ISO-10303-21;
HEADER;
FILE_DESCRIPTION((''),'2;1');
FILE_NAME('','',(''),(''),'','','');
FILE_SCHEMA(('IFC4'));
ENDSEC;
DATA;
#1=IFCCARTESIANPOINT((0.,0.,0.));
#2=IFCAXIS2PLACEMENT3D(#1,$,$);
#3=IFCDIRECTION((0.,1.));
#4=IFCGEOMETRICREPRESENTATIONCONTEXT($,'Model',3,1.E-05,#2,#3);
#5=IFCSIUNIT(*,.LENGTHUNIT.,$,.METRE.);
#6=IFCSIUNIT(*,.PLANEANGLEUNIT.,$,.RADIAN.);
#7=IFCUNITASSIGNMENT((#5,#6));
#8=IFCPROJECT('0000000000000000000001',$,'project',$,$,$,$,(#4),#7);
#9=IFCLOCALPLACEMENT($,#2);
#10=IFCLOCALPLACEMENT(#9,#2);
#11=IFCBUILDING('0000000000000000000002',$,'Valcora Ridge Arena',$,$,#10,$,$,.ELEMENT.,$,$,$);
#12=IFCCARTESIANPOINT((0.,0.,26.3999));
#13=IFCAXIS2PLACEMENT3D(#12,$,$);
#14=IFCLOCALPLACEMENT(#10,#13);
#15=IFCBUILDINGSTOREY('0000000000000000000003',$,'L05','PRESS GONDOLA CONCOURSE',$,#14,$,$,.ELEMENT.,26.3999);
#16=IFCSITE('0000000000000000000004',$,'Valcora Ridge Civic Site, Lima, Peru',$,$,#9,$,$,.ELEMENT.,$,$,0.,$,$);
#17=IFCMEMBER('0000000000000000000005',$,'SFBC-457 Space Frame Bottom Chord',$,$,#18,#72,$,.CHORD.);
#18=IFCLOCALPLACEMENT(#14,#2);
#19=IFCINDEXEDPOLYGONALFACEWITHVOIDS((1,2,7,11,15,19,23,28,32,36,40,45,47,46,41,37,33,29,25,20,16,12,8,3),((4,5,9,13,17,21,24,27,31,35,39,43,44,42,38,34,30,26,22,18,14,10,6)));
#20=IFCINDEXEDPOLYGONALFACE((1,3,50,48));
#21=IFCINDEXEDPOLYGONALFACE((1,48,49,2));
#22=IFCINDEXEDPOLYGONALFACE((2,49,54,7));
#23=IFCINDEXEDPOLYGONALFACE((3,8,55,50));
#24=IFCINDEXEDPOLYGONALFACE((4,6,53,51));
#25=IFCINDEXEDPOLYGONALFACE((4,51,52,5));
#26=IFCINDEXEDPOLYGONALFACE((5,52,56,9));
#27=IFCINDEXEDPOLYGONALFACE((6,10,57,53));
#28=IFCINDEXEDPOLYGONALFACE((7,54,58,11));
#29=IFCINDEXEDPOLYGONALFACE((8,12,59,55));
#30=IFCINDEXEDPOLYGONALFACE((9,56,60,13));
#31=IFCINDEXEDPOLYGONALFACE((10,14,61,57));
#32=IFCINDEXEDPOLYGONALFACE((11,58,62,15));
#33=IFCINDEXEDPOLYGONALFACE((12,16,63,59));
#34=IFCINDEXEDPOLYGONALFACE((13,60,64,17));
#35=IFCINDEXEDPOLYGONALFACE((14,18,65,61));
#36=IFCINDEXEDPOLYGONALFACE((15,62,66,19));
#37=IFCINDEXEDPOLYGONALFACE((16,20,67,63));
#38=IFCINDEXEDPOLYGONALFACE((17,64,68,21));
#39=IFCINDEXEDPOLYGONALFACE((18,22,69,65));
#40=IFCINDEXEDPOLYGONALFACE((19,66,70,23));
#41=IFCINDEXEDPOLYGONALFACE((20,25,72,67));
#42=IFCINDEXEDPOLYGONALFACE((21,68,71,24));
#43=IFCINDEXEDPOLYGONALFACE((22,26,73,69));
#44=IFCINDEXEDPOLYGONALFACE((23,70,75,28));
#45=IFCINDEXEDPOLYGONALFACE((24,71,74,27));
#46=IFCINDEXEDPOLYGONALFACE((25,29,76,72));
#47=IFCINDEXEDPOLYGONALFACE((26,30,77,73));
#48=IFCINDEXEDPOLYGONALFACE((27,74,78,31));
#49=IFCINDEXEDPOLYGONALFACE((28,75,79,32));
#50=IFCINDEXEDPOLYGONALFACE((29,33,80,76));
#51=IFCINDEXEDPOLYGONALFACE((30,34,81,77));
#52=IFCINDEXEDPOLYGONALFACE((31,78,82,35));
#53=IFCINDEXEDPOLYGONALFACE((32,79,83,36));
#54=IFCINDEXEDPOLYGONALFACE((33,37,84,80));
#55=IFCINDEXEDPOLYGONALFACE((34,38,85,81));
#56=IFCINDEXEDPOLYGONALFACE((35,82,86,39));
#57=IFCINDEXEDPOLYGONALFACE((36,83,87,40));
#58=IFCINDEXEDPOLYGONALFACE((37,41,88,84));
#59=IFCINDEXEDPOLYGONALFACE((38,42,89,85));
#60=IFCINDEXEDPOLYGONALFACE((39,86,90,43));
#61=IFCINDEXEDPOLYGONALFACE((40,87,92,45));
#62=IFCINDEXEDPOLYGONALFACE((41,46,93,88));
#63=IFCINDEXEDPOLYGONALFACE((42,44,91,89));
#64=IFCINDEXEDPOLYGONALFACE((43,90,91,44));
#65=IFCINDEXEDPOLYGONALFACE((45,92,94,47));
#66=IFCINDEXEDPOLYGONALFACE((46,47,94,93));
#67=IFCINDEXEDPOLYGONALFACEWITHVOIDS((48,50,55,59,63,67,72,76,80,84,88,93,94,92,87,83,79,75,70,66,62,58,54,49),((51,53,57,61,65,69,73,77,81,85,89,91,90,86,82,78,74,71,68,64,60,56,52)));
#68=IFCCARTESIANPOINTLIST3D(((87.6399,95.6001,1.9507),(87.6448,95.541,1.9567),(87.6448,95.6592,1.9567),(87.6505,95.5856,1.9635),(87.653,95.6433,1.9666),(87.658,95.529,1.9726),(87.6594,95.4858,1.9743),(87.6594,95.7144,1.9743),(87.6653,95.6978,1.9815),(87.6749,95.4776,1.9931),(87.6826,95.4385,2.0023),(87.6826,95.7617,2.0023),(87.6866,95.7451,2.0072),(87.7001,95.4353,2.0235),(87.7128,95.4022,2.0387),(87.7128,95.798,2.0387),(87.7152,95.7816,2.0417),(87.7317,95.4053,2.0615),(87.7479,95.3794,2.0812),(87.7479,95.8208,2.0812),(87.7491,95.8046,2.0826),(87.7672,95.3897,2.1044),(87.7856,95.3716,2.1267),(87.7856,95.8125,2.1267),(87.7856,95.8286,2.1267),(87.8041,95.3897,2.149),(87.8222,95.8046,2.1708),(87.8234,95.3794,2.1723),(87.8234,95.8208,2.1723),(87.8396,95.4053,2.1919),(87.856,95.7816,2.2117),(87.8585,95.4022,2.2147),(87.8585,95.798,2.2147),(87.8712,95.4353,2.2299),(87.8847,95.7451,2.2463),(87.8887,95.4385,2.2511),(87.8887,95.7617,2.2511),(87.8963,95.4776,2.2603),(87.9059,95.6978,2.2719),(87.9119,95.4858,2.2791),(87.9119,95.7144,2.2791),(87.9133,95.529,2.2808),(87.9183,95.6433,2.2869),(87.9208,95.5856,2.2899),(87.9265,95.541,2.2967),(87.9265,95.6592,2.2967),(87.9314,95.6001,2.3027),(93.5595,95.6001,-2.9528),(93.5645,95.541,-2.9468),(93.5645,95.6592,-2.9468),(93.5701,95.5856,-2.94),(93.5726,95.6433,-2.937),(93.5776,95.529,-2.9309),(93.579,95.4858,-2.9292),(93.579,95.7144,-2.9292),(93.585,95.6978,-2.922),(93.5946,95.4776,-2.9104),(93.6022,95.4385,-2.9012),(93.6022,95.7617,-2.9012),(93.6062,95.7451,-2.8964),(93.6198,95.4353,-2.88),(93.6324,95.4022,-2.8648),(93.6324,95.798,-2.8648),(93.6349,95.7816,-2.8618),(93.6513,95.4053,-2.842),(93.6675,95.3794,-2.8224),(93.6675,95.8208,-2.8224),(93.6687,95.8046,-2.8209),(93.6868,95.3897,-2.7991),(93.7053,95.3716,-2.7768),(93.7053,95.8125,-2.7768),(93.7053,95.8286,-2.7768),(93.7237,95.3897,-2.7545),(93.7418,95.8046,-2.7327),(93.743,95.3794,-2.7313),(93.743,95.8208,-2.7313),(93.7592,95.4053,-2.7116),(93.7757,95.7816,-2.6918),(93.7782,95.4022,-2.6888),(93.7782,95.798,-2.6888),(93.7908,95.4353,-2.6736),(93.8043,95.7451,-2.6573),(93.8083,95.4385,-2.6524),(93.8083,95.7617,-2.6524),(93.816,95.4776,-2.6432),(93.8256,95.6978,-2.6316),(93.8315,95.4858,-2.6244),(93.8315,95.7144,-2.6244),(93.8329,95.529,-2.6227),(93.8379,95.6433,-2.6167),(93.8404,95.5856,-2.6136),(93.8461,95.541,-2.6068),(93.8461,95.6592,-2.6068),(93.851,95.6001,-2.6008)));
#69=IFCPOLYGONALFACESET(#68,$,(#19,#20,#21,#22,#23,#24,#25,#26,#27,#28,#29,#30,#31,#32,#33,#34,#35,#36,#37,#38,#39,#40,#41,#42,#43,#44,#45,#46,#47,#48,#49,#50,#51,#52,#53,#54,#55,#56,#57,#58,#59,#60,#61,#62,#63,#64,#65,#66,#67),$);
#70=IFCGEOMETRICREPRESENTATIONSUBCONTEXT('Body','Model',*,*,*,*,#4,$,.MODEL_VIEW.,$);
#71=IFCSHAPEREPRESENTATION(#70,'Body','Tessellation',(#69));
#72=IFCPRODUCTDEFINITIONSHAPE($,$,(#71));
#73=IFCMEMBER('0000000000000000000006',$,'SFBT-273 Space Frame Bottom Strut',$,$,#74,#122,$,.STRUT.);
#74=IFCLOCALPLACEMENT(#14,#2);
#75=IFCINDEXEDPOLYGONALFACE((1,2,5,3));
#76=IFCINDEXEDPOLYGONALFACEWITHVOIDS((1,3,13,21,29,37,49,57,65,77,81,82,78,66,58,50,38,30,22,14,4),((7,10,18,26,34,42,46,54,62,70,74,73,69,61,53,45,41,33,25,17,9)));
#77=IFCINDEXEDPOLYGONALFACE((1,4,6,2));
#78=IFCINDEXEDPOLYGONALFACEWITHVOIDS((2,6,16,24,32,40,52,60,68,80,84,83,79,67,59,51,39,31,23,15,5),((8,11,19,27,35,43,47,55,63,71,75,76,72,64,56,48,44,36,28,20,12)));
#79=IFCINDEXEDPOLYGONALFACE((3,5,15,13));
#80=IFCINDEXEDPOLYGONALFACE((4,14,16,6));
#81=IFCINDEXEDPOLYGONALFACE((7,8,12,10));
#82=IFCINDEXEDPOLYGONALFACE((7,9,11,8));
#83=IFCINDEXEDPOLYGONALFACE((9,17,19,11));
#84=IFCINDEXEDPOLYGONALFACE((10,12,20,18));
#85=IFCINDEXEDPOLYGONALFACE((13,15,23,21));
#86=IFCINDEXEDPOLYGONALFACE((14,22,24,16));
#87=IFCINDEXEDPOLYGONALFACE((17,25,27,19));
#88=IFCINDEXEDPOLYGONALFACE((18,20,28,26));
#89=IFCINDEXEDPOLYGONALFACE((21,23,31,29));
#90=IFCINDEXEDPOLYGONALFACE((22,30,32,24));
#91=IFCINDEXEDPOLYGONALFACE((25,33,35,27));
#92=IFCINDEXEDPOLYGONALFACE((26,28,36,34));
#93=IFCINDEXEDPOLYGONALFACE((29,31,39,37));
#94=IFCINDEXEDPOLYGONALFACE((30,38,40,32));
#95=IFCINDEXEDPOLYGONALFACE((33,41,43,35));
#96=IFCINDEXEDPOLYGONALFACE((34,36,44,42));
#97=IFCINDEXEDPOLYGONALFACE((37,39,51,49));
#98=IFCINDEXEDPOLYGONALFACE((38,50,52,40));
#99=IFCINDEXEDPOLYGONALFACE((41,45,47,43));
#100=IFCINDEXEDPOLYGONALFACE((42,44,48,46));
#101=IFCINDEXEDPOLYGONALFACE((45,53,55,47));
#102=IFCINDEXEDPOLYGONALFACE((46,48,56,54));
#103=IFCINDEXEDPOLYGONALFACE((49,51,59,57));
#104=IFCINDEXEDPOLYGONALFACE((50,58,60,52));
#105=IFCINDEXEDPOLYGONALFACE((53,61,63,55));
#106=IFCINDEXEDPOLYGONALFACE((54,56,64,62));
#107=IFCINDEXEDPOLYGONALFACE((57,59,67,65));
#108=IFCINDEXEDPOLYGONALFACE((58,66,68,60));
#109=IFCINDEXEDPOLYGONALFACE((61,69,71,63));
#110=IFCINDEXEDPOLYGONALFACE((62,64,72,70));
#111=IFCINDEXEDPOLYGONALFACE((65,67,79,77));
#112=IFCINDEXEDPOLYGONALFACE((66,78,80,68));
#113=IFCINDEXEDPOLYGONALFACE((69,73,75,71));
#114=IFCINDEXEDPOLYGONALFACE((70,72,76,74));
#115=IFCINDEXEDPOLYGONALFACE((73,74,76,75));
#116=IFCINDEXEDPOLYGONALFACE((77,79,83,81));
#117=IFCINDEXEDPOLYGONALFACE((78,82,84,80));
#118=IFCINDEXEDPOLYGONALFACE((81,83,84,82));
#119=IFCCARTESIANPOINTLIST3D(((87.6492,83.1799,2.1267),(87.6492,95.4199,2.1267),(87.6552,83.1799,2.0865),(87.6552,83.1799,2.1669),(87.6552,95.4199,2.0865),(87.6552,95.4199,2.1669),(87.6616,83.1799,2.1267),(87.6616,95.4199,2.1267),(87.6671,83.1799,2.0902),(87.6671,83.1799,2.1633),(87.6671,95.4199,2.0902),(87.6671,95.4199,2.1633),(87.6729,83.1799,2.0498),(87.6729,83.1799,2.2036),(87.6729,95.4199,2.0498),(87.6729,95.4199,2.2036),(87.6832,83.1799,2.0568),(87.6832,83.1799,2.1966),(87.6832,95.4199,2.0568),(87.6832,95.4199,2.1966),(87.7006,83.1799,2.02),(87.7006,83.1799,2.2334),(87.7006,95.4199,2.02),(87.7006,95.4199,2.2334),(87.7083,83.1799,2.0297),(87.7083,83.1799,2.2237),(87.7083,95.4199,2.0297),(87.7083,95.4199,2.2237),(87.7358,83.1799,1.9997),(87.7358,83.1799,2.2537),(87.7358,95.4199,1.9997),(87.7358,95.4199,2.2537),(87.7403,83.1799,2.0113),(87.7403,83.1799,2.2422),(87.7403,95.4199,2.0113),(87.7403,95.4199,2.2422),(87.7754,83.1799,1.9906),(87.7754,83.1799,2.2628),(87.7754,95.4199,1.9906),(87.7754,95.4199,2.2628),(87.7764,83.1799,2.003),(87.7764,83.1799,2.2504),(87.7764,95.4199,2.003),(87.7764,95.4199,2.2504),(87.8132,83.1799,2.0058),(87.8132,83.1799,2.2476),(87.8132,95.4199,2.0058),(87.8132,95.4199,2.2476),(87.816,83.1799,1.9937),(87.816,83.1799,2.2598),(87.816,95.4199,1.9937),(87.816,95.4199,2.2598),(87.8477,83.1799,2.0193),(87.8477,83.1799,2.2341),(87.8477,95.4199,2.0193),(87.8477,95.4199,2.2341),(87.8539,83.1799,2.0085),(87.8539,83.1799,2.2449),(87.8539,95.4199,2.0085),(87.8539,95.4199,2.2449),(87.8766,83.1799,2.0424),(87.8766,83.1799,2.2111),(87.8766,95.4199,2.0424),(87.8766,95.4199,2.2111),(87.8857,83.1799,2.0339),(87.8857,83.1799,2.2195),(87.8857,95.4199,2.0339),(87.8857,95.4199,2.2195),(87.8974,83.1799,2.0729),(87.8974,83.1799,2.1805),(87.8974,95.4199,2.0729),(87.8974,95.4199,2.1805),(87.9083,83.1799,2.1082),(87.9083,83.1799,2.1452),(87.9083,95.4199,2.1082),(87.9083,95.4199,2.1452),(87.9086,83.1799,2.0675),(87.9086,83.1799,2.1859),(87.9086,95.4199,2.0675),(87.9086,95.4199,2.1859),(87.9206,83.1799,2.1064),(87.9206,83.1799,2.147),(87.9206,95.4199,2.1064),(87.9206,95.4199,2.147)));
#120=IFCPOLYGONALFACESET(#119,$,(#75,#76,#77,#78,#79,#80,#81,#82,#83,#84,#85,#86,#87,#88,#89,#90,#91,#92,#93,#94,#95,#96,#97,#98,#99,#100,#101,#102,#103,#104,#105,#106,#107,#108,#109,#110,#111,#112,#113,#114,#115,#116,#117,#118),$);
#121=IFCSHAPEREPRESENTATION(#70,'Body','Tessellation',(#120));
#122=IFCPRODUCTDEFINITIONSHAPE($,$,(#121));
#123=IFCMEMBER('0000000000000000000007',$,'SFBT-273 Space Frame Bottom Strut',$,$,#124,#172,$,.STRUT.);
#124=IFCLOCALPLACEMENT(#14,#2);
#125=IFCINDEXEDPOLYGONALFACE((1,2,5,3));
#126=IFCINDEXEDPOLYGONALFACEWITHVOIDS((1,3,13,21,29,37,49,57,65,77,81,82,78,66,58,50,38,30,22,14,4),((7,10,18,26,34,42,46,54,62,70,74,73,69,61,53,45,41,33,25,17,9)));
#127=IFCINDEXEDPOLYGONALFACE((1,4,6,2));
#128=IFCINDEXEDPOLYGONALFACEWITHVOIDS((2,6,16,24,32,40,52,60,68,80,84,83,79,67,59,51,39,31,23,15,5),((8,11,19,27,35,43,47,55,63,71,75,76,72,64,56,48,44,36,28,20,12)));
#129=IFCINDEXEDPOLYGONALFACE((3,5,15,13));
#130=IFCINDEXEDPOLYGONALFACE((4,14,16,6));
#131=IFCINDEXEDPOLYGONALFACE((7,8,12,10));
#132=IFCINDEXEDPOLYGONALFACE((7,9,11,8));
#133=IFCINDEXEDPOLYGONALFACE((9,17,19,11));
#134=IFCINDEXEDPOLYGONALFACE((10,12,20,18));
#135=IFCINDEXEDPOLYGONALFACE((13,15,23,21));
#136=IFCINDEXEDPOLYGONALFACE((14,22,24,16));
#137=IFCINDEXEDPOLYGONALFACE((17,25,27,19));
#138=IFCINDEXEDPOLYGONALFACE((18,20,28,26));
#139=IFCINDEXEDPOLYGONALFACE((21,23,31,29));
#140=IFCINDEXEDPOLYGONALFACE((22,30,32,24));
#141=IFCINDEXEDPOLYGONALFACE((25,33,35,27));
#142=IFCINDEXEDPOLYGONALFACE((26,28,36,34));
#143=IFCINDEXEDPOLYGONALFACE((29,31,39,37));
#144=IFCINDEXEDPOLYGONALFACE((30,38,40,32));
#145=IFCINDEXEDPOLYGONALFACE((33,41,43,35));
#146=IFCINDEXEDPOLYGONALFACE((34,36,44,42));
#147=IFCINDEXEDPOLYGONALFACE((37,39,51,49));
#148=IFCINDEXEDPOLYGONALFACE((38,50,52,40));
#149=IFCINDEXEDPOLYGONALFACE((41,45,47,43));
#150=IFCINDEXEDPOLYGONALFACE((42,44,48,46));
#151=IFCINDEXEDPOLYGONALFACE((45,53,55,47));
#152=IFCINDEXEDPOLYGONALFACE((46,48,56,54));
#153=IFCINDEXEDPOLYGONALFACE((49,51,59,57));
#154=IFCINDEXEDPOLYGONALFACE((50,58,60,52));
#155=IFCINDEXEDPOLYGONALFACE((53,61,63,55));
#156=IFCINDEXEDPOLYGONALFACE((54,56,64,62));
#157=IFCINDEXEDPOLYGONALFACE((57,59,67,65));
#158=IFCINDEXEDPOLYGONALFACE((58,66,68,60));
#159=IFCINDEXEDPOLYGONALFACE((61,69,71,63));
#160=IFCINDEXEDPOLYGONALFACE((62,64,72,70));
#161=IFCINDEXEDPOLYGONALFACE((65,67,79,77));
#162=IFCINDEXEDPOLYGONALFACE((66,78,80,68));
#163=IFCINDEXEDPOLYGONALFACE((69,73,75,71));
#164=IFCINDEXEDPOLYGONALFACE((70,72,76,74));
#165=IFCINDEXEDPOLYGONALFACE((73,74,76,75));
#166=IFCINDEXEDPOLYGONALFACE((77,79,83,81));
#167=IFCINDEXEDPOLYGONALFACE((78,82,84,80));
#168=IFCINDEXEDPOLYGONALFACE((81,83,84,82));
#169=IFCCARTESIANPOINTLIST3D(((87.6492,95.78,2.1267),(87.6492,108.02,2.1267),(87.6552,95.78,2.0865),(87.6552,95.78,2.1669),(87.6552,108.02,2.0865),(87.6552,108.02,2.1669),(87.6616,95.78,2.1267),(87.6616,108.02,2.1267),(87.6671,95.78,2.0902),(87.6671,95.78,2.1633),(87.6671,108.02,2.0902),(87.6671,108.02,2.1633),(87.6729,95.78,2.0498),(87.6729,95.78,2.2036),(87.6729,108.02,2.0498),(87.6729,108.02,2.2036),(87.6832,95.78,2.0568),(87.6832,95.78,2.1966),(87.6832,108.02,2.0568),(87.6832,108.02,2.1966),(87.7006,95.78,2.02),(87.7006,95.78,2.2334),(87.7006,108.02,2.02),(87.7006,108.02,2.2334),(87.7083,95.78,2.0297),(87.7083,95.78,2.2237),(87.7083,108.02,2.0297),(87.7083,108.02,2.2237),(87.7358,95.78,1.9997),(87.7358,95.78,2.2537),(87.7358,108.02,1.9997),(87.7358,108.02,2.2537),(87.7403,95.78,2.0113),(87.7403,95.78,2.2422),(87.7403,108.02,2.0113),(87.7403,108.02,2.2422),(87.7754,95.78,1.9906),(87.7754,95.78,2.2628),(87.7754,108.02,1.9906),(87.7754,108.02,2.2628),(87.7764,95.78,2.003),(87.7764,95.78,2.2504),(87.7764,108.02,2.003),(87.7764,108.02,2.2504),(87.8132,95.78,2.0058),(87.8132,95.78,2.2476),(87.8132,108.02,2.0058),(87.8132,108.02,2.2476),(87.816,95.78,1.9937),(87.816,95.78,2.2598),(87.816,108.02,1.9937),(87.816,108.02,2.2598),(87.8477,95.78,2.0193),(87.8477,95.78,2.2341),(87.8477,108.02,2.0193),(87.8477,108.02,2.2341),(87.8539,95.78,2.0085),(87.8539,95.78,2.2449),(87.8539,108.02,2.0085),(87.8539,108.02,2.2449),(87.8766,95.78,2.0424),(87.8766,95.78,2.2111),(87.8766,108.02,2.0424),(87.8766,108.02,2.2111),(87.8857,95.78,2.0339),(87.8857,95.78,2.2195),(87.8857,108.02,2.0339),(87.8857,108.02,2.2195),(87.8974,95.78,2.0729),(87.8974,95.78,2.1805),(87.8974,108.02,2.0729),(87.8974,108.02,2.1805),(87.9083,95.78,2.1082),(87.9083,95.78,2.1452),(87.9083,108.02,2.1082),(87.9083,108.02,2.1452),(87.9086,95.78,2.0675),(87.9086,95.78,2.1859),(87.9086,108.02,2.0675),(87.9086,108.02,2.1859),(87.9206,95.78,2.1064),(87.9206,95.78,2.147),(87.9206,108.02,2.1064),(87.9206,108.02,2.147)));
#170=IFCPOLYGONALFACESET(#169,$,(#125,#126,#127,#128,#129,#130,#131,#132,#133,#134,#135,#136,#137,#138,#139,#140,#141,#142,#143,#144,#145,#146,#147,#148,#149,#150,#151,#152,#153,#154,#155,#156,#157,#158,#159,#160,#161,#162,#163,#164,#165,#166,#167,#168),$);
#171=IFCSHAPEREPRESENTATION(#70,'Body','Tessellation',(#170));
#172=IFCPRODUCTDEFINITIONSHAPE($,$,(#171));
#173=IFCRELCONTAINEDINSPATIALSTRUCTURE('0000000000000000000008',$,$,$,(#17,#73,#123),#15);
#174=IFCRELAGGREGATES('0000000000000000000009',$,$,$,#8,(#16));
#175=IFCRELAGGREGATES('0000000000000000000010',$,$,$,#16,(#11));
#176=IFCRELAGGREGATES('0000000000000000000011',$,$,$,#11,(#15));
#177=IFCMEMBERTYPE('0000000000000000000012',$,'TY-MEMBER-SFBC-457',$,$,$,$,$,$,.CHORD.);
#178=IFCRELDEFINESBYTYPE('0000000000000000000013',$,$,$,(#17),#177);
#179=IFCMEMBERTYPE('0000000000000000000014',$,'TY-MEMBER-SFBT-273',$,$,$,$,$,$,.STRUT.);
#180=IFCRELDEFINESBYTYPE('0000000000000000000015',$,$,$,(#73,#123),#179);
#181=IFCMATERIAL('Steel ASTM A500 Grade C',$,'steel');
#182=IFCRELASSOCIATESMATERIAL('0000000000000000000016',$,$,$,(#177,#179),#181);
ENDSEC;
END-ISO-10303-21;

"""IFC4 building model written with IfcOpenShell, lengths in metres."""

from ifc_helpers import new_model, si_unit, direction, frame, origin, origin_2d, place, context, subcontext, project, spatial, hollow_circle, extrude, material, material_profile, profile_set, type_object, element, save


model = new_model("IFC4")

# Units and contexts
model_context = context("Model", 3, precision=1e-05, world=origin(), true_north=direction((0.0, 1.0)))
body_context = subcontext(model_context, "Body", "Model", "MODEL_VIEW")
ifc_project = project(units=[si_unit("LENGTHUNIT", "METRE"), si_unit("PLANEANGLEUNIT", "RADIAN")], contexts=[model_context])

# Site, building, storey
site_placement = place(None, origin())
site = spatial("IfcSite", under=ifc_project, at=site_placement, Name="Valcora Ridge Civic Site, Lima, Peru", CompositionType="ELEMENT", RefElevation=0.0)
building_placement = place(site_placement, origin())
building = spatial("IfcBuilding", under=site, at=building_placement, Name="Valcora Ridge Arena", CompositionType="ELEMENT")
storey_placement = place(building_placement, frame((0.0, 0.0, 26.3999)))
storey = spatial("IfcBuildingStorey", under=building, at=storey_placement, Name="L05", Description="PRESS GONDOLA CONCOURSE", CompositionType="ELEMENT", Elevation=26.3999)

# Members
ifc_material_1 = material(Name="Steel ASTM A500 Grade C", Category="steel")
ifc_material_profile_1 = material_profile(ifc_material_1, hollow_circle(Radius=0.2285, WallThickness=0.0161, at=origin_2d()), Name="CHS457X16")
ifc_profile_set_1 = profile_set([ifc_material_profile_1], Name="Steel ASTM A500 Grade C")
member_type_1 = type_object("IfcMemberType", Name="TY-MEMBER-SFBC-457", PredefinedType="CHORD", material=ifc_profile_set_1)
for number, where, z_axis, x_axis, name in (
    (1, (87.7856, 95.6001, 2.1267), (0.770105, 0.0, -0.637917), (0.0, 1.0, 0.0), "SFBC-457 Space Frame Bottom Chord"),
):
    element("IfcMember", number, at=place(storey_placement, frame(where, z_axis=z_axis, x_axis=x_axis)), inside=storey, type_object=member_type_1, Name=name, PredefinedType="CHORD", context=body_context, shape_type="SweptSolid", body=[
        extrude(hollow_circle(Radius=0.2285, WallThickness=0.0161, at=origin_2d()), origin(), (0.0, 0.0, 1.0), 7.6868),
    ])
ifc_material_profile_2 = material_profile(ifc_material_1, hollow_circle(Radius=0.1365, WallThickness=0.0125, at=origin_2d()), Name="CHS273X12")
ifc_profile_set_2 = profile_set([ifc_material_profile_2], Name="Steel ASTM A500 Grade C")
member_type_2 = type_object("IfcMemberType", Name="TY-MEMBER-SFBT-273", PredefinedType="STRUT", material=ifc_profile_set_2)
for number, where, z_axis, x_axis, name in (
    (2, (87.7856, 83.1799, 2.1267), (0.0, 1.0, 0.0), (-1.0, 0.0, 0.0), "SFBT-273 Space Frame Bottom Strut"),
    (3, (87.7856, 95.78, 2.1267), (0.0, 1.0, 0.0), (-1.0, 0.0, 0.0), "SFBT-273 Space Frame Bottom Strut"),
):
    element("IfcMember", number, at=place(storey_placement, frame(where, z_axis=z_axis, x_axis=x_axis)), inside=storey, type_object=member_type_2, Name=name, PredefinedType="STRUT", context=body_context, shape_type="SweptSolid", body=[
        extrude(hollow_circle(Radius=0.1365, WallThickness=0.0125, at=origin_2d()), origin(), (0.0, 0.0, 1.0), 12.24),
    ])

save(model, "model.ifc")
